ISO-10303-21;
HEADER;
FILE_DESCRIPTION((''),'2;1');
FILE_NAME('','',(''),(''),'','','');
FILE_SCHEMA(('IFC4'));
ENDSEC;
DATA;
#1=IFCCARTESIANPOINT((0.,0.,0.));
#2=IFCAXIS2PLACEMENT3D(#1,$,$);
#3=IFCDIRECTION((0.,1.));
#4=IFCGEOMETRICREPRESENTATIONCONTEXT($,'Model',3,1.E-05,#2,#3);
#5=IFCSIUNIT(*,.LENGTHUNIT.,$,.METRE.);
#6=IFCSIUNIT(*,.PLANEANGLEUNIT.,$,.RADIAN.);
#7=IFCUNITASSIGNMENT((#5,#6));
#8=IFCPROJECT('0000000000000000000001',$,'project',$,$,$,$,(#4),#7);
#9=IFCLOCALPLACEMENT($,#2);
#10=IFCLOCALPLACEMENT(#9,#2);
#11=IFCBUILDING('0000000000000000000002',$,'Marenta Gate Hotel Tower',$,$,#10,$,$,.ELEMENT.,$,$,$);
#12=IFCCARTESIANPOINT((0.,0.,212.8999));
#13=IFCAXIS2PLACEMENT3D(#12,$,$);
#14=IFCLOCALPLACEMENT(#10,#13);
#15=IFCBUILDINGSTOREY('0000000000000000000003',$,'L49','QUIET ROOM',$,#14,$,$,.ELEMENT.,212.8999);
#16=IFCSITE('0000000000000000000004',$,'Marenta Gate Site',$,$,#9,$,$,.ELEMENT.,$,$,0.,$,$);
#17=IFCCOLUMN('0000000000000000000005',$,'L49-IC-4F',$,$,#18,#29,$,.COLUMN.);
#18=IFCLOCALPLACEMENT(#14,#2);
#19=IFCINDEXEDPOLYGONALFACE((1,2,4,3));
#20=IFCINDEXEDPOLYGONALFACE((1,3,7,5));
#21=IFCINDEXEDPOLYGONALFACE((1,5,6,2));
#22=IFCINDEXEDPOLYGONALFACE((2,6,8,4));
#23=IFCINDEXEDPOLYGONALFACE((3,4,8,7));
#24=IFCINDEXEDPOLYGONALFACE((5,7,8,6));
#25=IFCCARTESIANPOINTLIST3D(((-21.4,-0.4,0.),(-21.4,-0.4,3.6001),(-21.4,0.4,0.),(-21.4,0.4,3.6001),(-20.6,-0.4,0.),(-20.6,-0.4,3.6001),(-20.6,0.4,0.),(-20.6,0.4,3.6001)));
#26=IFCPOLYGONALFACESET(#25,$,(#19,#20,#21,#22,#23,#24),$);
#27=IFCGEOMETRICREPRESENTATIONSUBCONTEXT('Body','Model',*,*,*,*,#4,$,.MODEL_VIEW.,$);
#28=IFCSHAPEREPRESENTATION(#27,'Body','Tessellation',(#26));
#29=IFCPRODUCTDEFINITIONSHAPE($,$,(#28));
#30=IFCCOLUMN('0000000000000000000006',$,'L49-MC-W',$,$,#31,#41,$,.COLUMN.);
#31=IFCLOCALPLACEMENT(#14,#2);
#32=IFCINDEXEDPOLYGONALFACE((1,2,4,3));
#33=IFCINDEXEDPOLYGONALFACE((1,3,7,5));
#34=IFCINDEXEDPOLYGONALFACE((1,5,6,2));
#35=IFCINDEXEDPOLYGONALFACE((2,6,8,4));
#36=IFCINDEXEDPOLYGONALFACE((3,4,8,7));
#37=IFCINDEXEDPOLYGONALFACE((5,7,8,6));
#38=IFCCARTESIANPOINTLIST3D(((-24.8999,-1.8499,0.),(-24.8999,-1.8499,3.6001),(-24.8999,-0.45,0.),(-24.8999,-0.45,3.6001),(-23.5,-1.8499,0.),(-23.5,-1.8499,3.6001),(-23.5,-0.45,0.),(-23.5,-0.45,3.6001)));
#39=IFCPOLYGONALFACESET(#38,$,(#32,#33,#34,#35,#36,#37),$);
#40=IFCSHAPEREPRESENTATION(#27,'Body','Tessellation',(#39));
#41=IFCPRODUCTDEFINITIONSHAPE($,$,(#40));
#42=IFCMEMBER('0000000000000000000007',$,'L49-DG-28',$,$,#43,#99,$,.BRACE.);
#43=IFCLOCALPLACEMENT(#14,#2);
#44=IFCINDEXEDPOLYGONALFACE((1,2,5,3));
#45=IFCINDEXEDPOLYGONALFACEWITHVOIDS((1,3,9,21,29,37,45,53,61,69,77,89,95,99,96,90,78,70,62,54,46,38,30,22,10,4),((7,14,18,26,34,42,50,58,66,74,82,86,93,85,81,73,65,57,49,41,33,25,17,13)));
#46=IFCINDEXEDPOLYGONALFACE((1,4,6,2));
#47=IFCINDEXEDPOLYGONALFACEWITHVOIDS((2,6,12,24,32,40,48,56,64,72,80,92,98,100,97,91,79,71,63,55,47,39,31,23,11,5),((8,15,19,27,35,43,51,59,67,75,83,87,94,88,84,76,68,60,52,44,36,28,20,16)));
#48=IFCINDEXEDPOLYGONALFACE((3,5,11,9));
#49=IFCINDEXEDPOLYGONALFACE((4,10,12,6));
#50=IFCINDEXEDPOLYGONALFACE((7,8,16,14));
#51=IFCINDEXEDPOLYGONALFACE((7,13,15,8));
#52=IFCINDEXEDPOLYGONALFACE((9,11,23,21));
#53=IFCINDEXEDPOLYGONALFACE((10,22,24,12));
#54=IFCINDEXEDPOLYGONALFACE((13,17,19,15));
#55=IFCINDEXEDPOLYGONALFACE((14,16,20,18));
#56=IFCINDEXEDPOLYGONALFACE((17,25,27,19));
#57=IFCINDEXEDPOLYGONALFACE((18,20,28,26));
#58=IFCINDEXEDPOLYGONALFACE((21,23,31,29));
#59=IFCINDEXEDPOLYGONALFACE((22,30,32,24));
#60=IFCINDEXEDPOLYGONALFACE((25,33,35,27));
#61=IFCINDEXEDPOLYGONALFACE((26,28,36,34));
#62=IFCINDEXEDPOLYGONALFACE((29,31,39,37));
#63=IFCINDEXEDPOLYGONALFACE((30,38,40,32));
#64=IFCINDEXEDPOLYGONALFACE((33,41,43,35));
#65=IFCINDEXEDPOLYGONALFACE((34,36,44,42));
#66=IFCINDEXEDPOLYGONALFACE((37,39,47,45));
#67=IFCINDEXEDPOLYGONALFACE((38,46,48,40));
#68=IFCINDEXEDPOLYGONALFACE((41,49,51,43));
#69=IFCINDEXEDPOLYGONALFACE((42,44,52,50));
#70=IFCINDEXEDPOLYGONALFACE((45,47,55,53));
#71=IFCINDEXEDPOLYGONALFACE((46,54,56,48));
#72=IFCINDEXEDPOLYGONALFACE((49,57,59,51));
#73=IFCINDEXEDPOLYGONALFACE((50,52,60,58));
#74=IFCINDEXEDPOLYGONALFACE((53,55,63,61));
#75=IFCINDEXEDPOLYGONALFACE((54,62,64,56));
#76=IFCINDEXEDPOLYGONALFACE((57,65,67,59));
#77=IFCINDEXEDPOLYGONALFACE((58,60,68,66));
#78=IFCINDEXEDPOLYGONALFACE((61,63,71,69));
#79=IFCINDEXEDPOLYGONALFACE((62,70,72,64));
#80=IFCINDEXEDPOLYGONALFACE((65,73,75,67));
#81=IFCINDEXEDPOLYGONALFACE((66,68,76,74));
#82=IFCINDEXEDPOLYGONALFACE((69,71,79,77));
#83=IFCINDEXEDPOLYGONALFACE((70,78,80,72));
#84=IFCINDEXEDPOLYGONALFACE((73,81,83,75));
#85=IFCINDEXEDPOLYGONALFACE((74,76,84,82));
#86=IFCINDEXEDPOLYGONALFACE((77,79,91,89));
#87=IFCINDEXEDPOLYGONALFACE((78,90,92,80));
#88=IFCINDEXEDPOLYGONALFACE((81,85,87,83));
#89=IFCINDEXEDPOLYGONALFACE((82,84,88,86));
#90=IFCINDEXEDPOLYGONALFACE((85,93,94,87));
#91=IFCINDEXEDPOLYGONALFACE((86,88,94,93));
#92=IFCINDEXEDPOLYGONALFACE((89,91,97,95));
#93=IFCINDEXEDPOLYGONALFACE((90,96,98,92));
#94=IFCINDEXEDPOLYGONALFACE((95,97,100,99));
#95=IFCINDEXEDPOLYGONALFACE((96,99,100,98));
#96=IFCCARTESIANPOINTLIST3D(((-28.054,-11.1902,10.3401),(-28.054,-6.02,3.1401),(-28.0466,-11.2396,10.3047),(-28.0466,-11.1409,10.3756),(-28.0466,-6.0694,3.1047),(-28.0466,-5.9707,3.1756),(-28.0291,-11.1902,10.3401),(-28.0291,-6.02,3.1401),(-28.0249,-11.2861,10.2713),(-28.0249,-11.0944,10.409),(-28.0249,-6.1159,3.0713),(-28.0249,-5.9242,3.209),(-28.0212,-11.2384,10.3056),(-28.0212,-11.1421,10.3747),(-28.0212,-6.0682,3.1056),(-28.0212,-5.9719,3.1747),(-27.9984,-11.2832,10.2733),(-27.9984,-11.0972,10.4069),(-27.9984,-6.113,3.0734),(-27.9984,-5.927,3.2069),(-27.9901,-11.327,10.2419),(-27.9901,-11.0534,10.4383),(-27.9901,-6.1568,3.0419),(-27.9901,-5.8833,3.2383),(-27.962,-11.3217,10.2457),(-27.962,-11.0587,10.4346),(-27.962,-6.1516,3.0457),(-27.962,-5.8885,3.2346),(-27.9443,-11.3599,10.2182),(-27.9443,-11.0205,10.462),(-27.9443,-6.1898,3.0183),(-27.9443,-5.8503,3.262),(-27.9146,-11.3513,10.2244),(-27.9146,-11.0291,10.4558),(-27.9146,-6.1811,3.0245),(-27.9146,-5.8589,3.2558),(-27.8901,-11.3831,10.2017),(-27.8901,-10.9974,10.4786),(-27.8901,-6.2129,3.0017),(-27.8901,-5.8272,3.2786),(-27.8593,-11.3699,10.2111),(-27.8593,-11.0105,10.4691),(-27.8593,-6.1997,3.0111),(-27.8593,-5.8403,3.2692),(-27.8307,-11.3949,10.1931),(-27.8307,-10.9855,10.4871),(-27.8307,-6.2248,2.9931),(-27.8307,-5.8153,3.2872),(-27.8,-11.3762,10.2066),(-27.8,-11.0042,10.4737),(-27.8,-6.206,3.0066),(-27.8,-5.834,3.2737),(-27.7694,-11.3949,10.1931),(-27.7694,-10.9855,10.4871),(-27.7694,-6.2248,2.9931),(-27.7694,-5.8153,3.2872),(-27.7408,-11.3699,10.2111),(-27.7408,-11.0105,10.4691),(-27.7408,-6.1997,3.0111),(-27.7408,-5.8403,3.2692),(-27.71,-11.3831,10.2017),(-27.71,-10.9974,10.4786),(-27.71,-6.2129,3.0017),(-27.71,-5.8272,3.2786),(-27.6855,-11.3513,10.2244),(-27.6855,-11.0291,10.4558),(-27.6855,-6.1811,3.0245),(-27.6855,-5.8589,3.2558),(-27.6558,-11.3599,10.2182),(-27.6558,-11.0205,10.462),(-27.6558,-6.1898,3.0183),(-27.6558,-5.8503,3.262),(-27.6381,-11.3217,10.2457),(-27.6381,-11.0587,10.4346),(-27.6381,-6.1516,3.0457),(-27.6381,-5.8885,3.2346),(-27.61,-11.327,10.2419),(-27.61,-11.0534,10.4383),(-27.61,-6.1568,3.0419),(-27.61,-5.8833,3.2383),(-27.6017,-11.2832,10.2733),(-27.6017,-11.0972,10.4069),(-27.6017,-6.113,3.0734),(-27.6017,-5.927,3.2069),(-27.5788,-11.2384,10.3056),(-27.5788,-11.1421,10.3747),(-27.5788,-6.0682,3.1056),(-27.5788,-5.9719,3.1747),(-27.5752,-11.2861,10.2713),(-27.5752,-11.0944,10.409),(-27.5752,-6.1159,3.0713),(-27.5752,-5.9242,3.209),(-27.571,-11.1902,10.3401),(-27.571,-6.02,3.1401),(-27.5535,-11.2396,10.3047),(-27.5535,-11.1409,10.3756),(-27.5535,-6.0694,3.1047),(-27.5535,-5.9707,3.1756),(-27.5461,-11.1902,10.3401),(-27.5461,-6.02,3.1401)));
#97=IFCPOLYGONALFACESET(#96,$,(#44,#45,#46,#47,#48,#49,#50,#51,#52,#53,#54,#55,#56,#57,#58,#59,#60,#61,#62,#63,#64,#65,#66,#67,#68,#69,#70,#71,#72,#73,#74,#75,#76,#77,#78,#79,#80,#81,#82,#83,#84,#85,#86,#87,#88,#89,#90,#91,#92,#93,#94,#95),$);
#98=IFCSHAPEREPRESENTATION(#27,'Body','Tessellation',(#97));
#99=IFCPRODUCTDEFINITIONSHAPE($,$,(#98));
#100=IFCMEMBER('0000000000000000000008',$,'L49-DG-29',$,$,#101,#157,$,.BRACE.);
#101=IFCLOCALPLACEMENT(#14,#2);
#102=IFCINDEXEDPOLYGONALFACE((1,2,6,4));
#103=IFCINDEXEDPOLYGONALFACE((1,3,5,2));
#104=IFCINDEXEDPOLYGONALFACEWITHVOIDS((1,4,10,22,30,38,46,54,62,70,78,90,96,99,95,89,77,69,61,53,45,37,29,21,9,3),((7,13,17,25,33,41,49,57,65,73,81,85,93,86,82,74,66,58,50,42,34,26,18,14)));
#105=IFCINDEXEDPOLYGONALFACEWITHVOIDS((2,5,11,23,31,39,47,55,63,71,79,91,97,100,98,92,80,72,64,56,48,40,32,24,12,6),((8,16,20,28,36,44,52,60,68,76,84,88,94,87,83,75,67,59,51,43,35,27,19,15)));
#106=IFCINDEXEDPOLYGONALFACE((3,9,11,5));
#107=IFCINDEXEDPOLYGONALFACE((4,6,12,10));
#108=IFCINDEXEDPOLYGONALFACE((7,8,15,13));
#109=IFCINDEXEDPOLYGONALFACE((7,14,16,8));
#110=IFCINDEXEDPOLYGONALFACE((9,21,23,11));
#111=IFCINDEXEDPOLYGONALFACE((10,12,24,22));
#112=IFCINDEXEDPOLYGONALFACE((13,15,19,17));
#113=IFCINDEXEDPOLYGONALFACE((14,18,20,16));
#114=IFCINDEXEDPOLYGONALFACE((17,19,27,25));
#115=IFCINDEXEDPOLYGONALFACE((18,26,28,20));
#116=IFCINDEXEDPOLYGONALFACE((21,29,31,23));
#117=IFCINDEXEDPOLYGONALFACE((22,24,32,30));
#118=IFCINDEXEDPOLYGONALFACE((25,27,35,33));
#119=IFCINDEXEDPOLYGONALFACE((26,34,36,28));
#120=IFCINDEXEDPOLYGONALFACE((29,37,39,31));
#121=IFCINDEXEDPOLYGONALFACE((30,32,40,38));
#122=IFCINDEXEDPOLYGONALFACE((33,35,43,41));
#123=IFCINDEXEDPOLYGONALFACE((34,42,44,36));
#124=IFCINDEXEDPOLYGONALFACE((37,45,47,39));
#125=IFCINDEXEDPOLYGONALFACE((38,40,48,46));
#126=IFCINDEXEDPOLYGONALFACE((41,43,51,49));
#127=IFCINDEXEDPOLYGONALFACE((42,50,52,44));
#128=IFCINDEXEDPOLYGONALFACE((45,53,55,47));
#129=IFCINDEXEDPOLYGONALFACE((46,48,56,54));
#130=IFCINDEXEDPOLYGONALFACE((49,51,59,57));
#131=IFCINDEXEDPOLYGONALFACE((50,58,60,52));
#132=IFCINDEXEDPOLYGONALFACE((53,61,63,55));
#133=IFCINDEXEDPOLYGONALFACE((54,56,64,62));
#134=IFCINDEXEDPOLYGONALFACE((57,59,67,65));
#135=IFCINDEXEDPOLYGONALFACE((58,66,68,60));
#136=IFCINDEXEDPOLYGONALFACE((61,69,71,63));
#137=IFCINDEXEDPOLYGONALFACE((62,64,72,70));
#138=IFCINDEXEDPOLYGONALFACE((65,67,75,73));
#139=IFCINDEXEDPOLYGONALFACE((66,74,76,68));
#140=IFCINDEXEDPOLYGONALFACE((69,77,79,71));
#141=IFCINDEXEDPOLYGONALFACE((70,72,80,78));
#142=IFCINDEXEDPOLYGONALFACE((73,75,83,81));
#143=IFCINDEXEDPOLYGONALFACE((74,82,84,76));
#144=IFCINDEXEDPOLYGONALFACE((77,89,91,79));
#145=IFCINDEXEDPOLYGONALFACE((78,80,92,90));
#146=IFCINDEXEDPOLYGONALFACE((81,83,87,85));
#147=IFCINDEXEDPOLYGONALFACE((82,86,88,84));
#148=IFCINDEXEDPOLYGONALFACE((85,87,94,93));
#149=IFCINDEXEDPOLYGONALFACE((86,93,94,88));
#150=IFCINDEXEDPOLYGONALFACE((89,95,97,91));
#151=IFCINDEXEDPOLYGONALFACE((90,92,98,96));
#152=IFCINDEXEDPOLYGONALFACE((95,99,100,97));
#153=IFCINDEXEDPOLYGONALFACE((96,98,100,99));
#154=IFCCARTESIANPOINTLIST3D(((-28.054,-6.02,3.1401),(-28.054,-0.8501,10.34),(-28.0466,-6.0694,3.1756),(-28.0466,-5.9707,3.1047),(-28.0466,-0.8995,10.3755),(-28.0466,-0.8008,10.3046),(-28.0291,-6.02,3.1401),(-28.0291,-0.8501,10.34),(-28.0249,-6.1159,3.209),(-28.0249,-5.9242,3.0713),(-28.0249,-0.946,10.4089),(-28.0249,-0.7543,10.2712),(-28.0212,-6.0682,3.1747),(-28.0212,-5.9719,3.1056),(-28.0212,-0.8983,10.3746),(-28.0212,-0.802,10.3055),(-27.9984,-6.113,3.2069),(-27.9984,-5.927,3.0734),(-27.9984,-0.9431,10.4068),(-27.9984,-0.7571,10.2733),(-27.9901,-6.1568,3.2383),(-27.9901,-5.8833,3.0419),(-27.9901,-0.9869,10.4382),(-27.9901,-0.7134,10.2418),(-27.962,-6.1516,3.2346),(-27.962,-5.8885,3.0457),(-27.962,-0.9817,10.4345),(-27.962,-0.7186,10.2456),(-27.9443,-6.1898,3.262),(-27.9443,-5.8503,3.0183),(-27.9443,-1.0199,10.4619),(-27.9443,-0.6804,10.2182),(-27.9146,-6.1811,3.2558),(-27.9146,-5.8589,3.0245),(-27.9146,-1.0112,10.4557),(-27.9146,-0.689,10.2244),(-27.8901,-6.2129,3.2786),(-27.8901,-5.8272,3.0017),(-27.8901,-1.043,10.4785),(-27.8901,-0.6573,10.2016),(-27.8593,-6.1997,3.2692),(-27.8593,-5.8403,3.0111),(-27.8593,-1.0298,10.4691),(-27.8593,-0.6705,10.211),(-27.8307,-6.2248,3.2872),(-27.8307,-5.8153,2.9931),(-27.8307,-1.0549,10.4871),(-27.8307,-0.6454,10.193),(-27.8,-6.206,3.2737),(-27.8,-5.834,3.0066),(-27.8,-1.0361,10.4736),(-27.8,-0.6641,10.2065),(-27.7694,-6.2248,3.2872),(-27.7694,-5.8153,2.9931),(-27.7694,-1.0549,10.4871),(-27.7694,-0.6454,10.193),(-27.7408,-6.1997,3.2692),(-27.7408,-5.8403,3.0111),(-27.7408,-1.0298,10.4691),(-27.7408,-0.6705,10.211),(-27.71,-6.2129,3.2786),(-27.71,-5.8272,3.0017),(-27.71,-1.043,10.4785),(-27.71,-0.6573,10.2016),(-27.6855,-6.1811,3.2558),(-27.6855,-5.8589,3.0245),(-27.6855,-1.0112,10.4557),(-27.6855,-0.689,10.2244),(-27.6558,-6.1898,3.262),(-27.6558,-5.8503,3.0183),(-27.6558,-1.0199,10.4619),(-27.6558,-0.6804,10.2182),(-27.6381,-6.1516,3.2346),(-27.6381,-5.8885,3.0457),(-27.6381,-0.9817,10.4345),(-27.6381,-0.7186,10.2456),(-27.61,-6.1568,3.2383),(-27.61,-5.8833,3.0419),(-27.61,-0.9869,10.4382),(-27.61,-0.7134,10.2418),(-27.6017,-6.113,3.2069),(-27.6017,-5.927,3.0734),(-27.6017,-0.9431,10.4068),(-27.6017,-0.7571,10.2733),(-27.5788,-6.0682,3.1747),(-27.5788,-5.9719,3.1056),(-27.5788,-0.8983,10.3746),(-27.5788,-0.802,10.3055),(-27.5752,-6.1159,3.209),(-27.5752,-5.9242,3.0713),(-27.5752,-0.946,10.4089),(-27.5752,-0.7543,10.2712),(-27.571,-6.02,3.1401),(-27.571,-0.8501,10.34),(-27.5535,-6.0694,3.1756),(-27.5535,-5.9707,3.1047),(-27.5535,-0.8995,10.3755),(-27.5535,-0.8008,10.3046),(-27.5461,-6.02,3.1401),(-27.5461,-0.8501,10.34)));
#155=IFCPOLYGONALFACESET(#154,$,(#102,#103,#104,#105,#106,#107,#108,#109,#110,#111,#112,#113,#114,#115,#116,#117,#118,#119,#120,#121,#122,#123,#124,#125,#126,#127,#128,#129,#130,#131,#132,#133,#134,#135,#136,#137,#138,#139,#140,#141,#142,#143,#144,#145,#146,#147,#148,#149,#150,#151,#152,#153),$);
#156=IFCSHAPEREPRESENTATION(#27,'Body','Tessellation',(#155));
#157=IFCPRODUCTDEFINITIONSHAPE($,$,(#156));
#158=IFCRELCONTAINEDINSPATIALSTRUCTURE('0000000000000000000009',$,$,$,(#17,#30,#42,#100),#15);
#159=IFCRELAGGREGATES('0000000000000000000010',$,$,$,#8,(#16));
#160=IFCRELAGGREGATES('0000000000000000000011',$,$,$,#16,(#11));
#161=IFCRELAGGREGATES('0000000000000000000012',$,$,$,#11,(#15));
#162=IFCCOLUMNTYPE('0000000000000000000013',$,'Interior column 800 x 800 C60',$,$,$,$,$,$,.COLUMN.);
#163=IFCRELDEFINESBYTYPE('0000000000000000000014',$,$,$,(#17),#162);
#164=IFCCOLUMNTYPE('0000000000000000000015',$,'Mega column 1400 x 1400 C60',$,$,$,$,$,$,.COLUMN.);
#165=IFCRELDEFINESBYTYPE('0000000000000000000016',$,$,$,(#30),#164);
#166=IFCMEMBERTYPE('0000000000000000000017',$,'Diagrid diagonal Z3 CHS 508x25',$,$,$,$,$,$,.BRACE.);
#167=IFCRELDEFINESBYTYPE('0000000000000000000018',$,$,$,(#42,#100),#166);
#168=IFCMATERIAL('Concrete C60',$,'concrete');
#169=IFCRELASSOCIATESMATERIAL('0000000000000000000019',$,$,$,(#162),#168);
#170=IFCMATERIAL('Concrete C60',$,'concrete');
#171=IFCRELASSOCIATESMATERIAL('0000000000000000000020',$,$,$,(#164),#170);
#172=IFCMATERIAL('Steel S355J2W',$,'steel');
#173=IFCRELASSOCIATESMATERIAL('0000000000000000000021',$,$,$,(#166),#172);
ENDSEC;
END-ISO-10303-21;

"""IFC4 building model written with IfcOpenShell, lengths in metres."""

from ifc_helpers import new_model, si_unit, direction, frame, origin, origin_2d, place, context, subcontext, project, spatial, rectangle, hollow_circle, extrude, material, material_profile, profile_set, type_object, element, save


model = new_model("IFC4")

# Units and contexts
model_context = context("Model", 3, precision=1e-05, world=origin(), true_north=direction((0.0, 1.0)))
body_context = subcontext(model_context, "Body", "Model", "MODEL_VIEW")
ifc_project = project(units=[si_unit("LENGTHUNIT", "METRE"), si_unit("PLANEANGLEUNIT", "RADIAN")], contexts=[model_context])

# Site, building, storey
site_placement = place(None, origin())
site = spatial("IfcSite", under=ifc_project, at=site_placement, Name="Marenta Gate Site", CompositionType="ELEMENT", RefElevation=0.0)
building_placement = place(site_placement, origin())
building = spatial("IfcBuilding", under=site, at=building_placement, Name="Marenta Gate Hotel Tower", CompositionType="ELEMENT")
storey_placement = place(building_placement, frame((0.0, 0.0, 212.8999)))
storey = spatial("IfcBuildingStorey", under=building, at=storey_placement, Name="L49", Description="QUIET ROOM", CompositionType="ELEMENT", Elevation=212.8999)

# Columns
ifc_material_1 = material(Name="Concrete C60", Category="concrete")
ifc_material_profile_1 = material_profile(ifc_material_1, rectangle(XDim=0.8, YDim=0.8, at=origin_2d()), Name="800 x 800")
ifc_profile_set_1 = profile_set([ifc_material_profile_1], Name="Concrete C60")
column_type_1 = type_object("IfcColumnType", Name="Interior column 800 x 800 C60", PredefinedType="COLUMN", material=ifc_profile_set_1)
column_1_placement = place(storey_placement, frame((-21.0, 0.0, 0.0), z_axis=(0.0, 0.0, 1.0), x_axis=(1.0, 0.0, 0.0)))
element("IfcColumn", 1, at=column_1_placement, inside=storey, type_object=column_type_1, Name="L49-IC-4F", PredefinedType="COLUMN", context=body_context, shape_type="SweptSolid", body=[
    extrude(rectangle(XDim=0.8, YDim=0.8, at=origin_2d()), origin(), (0.0, 0.0, 1.0), 3.6001),
])
ifc_material_2 = material(Name="Concrete C60", Category="concrete")
ifc_material_profile_2 = material_profile(ifc_material_2, rectangle(XDim=1.3999, YDim=1.3999, at=origin_2d()), Name="1400 x 1400")
ifc_profile_set_2 = profile_set([ifc_material_profile_2], Name="Concrete C60")
column_type_2 = type_object("IfcColumnType", Name="Mega column 1400 x 1400 C60", PredefinedType="COLUMN", material=ifc_profile_set_2)
column_2_placement = place(storey_placement, frame((-24.2, -1.1499, 0.0), z_axis=(0.0, 0.0, 1.0), x_axis=(1.0, 0.0, 0.0)))
element("IfcColumn", 2, at=column_2_placement, inside=storey, type_object=column_type_2, Name="L49-MC-W", PredefinedType="COLUMN", context=body_context, shape_type="SweptSolid", body=[
    extrude(rectangle(XDim=1.3999, YDim=1.3999, at=origin_2d()), origin(), (0.0, 0.0, 1.0), 3.6001),
])

# Members
ifc_material_3 = material(Name="Steel S355J2W", Category="steel")
ifc_material_profile_3 = material_profile(ifc_material_3, hollow_circle(Radius=0.2539, WallThickness=0.0249, at=origin_2d()), Name="CHS 508x25")
ifc_profile_set_3 = profile_set([ifc_material_profile_3], Name="Steel S355J2W")
member_type_1 = type_object("IfcMemberType", Name="Diagrid diagonal Z3 CHS 508x25", PredefinedType="BRACE", material=ifc_profile_set_3)
member_1_placement = place(storey_placement, frame((-27.8, -6.02, 3.1401), z_axis=(0.0, -0.583279, 0.812272), x_axis=(1.0, 0.0, 0.0)))
element("IfcMember", 3, at=member_1_placement, inside=storey, type_object=member_type_1, Name="L49-DG-28", PredefinedType="BRACE", context=body_context, shape_type="SweptSolid", body=[
    extrude(hollow_circle(Radius=0.2539, WallThickness=0.0249, at=origin_2d()), origin(), (0.0, 0.0, 1.0), 8.864),
])
member_2_placement = place(storey_placement, frame((-27.8, -6.02, 3.1401), z_axis=(0.0, 0.583261, 0.812285), x_axis=(-1.0, 0.0, 0.0)))
element("IfcMember", 4, at=member_2_placement, inside=storey, type_object=member_type_1, Name="L49-DG-29", PredefinedType="BRACE", context=body_context, shape_type="SweptSolid", body=[
    extrude(hollow_circle(Radius=0.2539, WallThickness=0.0249, at=origin_2d()), origin(), (0.0, 0.0, 1.0), 8.8638),
])

save(model, "model.ifc")
